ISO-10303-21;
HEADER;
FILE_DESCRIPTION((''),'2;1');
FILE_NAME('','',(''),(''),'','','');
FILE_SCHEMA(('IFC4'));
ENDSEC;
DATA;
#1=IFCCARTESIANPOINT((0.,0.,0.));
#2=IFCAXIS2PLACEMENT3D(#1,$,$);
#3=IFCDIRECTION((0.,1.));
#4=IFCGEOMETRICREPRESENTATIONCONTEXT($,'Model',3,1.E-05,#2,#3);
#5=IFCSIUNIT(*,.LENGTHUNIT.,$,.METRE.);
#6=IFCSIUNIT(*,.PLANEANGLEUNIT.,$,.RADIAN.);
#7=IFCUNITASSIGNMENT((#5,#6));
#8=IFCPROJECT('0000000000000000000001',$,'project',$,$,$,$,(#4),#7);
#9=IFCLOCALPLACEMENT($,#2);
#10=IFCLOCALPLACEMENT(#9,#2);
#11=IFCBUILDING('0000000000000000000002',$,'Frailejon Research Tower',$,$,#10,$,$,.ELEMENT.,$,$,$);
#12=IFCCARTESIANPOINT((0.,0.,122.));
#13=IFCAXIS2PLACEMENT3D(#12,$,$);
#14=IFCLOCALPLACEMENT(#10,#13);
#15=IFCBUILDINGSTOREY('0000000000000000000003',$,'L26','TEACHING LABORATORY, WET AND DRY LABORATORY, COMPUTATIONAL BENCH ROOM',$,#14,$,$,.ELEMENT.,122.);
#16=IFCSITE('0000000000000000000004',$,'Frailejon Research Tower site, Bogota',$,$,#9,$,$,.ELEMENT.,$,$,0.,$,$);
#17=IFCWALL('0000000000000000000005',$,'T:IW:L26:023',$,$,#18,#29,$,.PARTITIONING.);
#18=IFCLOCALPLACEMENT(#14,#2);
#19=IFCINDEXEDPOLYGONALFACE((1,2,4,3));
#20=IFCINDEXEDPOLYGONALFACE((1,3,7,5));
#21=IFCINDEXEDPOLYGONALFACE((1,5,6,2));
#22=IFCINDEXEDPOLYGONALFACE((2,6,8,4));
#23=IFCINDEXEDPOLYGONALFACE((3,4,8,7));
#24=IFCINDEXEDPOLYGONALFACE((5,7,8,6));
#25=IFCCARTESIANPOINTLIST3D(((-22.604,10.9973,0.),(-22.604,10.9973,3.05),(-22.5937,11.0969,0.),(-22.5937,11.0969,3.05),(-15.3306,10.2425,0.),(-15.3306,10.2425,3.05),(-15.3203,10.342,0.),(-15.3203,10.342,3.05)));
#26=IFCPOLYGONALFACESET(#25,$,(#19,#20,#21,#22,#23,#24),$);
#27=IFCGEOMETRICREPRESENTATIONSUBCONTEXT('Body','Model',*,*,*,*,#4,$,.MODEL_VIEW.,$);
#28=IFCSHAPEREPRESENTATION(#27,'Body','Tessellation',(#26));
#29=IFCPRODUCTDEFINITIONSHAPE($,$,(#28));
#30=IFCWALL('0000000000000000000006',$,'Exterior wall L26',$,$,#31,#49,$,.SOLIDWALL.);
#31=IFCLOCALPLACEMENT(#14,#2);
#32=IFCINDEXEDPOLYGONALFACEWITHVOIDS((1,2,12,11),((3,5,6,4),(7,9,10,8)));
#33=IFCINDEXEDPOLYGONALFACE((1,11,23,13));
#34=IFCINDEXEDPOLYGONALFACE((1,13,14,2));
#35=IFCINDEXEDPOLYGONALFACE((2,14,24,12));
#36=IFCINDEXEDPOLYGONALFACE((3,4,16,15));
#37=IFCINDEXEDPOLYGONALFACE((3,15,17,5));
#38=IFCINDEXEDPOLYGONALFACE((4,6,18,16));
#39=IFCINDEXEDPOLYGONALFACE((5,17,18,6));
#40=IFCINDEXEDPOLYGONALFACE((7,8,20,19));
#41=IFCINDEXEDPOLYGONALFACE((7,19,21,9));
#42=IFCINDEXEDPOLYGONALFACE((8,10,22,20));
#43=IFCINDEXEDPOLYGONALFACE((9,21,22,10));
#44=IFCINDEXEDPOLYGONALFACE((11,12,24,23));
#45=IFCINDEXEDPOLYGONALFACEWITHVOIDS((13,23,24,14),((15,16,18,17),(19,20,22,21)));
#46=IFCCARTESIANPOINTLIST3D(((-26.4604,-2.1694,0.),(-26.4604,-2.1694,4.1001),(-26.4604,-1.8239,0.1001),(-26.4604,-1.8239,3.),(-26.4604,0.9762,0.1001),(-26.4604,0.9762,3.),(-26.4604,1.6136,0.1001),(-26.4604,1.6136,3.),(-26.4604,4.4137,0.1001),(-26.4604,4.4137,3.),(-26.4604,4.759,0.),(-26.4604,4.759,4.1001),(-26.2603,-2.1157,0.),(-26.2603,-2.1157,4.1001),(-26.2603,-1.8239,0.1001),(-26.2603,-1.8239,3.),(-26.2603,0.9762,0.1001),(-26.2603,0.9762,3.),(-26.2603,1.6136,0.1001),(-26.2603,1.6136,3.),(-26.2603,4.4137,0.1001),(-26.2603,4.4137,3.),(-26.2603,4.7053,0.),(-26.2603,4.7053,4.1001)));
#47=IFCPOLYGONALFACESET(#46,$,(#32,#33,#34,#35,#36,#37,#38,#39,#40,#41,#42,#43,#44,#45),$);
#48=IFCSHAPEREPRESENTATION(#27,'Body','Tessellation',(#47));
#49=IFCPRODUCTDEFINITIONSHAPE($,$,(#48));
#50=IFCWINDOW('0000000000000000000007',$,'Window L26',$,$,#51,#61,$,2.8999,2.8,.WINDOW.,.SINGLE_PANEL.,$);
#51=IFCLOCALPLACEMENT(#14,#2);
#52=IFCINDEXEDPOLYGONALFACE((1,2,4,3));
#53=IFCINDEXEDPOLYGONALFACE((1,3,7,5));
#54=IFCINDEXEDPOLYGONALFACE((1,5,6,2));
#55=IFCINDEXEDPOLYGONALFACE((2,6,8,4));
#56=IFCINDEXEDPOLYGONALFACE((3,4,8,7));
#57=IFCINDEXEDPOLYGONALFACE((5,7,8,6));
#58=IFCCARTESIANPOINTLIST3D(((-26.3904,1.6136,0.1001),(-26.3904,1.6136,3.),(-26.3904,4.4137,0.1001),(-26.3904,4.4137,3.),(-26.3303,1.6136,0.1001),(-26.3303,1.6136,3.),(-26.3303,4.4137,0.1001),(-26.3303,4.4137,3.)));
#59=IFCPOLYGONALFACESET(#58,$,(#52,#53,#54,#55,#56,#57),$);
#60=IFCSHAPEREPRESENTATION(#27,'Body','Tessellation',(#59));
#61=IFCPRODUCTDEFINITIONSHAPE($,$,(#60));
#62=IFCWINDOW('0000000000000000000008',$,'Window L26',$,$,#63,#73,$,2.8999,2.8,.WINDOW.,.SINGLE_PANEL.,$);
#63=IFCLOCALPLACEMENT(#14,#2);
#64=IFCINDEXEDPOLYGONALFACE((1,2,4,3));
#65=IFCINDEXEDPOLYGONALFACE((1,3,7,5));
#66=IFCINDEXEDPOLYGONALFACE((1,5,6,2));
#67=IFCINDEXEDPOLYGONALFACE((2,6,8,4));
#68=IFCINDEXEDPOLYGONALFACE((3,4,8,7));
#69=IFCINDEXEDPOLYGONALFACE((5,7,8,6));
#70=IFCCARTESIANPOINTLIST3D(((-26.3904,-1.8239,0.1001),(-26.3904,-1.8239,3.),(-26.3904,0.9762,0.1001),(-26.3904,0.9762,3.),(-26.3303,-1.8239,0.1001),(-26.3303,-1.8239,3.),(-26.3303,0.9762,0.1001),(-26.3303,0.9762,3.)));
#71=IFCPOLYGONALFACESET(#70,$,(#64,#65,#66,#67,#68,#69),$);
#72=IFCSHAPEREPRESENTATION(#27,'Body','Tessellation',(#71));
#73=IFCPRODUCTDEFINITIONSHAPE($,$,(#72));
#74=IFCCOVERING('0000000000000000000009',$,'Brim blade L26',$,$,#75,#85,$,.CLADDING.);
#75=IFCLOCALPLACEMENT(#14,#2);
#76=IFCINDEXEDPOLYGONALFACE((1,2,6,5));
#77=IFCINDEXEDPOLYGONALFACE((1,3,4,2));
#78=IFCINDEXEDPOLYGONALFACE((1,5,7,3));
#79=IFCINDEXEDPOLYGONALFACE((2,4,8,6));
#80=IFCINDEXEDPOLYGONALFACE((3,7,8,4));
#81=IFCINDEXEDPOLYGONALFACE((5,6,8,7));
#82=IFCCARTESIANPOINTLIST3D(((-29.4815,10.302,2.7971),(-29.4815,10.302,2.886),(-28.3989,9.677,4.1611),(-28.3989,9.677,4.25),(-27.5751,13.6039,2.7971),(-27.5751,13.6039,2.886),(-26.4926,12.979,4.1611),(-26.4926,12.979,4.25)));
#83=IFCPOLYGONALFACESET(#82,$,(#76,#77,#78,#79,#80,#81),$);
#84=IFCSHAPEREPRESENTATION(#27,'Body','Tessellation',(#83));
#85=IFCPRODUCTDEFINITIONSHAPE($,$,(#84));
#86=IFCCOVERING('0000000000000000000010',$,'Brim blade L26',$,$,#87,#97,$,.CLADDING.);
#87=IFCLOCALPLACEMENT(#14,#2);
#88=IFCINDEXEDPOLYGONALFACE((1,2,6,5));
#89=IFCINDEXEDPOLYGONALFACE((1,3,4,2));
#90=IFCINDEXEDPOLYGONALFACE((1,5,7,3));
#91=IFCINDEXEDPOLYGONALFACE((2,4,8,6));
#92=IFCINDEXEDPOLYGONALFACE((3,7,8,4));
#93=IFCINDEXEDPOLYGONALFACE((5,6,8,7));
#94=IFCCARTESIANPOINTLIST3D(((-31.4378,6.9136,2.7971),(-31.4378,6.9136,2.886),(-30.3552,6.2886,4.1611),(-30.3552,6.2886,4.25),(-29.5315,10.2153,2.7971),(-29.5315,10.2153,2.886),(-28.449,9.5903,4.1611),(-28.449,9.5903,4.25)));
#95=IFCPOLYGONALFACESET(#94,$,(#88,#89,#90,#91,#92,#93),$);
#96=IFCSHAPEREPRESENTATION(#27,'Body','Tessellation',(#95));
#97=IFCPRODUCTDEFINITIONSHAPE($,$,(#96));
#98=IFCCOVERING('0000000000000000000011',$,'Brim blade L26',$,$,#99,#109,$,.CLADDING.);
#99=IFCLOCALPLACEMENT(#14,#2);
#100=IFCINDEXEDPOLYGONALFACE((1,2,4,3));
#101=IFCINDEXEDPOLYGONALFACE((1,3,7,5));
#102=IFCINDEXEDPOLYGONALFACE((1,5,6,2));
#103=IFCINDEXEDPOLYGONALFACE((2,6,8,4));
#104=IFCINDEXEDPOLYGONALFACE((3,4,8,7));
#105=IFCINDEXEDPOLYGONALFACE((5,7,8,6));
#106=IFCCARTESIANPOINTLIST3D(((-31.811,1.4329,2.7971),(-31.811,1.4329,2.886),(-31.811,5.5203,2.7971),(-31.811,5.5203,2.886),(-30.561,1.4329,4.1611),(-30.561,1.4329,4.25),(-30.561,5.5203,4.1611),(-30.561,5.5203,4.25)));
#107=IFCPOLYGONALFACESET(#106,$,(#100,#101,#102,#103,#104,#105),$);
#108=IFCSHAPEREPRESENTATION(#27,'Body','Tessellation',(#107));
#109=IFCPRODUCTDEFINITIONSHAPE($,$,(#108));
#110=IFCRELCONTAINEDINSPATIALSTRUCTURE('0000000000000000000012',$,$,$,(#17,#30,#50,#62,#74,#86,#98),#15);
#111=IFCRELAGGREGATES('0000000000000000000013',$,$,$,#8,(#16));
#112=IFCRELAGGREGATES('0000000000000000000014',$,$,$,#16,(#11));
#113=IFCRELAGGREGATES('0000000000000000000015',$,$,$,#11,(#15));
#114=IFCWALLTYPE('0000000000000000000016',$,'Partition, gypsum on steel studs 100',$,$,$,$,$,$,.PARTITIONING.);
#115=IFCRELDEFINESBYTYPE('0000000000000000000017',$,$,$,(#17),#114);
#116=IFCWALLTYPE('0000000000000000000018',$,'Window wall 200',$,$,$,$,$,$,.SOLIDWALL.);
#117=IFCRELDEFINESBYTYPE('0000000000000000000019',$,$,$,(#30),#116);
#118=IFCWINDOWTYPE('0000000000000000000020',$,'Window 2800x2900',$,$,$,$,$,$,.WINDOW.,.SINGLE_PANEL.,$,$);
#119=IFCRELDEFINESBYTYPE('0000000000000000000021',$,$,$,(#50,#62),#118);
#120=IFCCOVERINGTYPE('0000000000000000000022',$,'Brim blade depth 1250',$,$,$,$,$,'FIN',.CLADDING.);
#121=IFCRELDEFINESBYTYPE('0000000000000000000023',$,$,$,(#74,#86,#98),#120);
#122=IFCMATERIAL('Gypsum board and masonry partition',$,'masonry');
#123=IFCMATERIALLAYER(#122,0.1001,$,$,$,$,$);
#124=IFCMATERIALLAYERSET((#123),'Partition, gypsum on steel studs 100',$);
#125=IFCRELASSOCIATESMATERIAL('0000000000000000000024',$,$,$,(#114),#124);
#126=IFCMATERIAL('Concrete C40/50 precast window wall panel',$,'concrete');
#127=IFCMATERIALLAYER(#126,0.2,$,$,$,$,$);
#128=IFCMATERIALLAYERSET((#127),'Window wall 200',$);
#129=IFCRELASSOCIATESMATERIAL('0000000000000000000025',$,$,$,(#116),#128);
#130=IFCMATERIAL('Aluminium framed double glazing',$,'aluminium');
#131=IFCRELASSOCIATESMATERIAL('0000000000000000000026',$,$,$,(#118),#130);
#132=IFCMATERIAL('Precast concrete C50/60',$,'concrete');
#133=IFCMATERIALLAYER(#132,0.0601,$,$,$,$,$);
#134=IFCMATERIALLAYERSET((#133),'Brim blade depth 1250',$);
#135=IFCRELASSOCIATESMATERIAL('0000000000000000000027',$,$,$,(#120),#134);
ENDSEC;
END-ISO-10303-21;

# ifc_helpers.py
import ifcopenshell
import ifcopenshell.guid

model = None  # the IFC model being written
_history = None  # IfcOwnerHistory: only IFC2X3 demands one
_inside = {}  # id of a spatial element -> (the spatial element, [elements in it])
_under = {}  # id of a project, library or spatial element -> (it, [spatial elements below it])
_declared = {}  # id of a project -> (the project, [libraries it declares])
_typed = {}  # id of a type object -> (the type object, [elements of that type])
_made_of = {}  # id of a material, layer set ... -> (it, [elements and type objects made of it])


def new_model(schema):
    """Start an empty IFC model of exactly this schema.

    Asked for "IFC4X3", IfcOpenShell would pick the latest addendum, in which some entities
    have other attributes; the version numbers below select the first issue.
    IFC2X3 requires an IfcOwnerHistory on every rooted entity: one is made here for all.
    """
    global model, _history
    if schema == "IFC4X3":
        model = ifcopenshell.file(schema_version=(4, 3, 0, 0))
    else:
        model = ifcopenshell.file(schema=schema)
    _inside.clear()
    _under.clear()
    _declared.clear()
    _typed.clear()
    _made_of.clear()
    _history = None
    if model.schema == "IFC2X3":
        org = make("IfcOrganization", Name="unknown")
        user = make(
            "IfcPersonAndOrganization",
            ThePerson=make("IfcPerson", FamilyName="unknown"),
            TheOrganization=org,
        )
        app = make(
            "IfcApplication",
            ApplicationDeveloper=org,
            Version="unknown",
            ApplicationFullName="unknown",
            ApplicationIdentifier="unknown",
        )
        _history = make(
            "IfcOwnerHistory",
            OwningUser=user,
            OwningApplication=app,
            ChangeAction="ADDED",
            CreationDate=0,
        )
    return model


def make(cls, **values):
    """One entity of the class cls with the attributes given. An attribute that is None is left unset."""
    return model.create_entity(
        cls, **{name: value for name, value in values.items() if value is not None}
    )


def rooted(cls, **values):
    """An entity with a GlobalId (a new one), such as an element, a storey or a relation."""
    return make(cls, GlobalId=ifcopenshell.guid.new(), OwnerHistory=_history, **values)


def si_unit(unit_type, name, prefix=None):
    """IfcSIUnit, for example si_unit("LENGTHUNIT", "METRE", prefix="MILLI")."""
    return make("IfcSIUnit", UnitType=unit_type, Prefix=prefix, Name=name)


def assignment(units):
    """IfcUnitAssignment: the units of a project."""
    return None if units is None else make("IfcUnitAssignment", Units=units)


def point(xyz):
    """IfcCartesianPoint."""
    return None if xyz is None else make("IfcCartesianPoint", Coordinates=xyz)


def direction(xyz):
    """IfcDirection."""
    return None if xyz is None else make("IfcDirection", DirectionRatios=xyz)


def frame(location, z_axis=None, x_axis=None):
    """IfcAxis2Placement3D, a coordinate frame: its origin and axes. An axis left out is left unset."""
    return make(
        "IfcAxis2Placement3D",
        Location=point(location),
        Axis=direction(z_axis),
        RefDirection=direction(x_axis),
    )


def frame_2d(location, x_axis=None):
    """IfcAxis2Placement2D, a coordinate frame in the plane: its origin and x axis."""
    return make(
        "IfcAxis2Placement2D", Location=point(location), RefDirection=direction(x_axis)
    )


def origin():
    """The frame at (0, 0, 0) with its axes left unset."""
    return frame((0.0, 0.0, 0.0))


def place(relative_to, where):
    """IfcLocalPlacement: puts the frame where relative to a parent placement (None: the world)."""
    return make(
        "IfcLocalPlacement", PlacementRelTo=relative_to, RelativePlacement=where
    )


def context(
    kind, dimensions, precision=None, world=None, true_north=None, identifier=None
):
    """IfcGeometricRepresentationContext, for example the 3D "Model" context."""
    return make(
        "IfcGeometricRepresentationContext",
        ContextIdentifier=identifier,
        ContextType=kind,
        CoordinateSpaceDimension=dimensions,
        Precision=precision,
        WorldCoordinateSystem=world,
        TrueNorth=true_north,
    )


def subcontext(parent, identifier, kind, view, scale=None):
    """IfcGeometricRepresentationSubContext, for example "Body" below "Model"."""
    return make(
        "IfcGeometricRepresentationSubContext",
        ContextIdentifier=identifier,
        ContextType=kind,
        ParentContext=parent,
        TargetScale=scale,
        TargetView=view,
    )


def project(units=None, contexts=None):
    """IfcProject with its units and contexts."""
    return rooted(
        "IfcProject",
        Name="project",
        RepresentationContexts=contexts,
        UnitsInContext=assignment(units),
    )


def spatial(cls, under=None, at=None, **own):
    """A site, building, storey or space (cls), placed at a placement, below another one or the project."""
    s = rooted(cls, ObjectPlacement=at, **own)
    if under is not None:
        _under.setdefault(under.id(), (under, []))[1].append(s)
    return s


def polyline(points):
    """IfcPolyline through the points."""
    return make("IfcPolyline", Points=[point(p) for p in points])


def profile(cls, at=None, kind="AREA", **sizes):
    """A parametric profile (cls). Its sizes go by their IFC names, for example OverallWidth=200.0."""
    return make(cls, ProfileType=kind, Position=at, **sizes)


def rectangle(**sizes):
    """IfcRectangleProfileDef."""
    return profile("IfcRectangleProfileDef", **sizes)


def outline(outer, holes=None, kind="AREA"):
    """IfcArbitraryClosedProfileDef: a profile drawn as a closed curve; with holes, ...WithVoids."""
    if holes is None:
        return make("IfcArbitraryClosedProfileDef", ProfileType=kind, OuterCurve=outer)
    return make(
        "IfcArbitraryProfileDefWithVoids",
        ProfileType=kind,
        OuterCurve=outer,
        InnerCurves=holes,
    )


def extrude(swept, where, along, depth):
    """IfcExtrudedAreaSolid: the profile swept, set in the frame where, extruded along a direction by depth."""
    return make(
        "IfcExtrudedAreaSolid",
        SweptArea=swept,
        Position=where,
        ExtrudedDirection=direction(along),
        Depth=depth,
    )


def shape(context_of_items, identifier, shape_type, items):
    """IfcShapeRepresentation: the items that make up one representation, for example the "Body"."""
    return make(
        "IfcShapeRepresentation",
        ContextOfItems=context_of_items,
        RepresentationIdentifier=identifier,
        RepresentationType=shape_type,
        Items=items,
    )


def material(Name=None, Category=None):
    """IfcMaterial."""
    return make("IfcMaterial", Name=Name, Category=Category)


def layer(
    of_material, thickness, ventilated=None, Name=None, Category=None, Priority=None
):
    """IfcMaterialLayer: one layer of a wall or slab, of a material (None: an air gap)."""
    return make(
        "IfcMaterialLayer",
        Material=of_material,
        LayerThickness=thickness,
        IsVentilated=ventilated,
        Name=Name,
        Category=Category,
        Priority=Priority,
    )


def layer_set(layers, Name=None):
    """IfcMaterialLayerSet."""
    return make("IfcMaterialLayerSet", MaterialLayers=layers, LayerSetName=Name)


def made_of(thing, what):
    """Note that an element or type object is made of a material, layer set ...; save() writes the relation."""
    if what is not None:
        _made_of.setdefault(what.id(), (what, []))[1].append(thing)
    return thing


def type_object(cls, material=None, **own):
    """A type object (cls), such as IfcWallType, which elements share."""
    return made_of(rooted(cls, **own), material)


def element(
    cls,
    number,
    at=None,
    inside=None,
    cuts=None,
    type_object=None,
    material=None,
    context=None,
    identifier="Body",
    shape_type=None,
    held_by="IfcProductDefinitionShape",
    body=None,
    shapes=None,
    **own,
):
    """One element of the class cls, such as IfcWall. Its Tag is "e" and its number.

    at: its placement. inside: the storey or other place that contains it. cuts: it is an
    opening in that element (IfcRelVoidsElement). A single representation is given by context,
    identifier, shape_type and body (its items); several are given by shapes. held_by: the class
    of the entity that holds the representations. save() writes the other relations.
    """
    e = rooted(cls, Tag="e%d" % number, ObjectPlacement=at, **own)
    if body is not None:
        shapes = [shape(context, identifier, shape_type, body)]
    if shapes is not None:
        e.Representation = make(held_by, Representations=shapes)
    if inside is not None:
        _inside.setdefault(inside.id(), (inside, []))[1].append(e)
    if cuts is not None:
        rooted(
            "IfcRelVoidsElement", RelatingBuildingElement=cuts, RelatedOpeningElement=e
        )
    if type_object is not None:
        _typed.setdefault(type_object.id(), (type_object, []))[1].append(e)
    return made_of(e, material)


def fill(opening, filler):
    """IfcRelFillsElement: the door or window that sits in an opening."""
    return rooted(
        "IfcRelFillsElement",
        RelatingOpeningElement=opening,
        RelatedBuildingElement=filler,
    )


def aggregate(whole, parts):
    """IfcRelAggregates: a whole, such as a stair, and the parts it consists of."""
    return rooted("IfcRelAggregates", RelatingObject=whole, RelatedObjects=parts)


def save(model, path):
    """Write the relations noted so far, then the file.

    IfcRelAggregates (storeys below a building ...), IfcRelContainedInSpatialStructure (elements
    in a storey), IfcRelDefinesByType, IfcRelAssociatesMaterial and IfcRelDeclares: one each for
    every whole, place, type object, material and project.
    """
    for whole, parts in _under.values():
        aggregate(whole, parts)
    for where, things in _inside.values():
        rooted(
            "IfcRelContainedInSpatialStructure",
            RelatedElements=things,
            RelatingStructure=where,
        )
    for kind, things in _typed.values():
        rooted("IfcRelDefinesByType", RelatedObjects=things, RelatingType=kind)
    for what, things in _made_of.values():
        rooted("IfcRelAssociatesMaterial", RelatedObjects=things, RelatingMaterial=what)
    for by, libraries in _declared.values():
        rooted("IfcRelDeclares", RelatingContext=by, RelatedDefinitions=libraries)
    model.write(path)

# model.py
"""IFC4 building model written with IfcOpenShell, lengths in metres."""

from ifc_helpers import new_model, si_unit, direction, frame, frame_2d, origin, place, context, subcontext, project, spatial, polyline, rectangle, outline, extrude, material, layer, layer_set, type_object, element, fill, save


model = new_model("IFC4")

# Units and contexts
model_context = context("Model", 3, precision=1e-05, world=origin(), true_north=direction((0.0, 1.0)))
body_context = subcontext(model_context, "Body", "Model", "MODEL_VIEW")
ifc_project = project(units=[si_unit("LENGTHUNIT", "METRE"), si_unit("PLANEANGLEUNIT", "RADIAN")], contexts=[model_context])

# Site, building, storey
site_placement = place(None, origin())
site = spatial("IfcSite", under=ifc_project, at=site_placement, Name="Frailejon Research Tower site, Bogota", CompositionType="ELEMENT", RefElevation=0.0)
building_placement = place(site_placement, origin())
building = spatial("IfcBuilding", under=site, at=building_placement, Name="Frailejon Research Tower", CompositionType="ELEMENT")
storey_placement = place(building_placement, frame((0.0, 0.0, 122.0)))
storey = spatial("IfcBuildingStorey", under=building, at=storey_placement, Name="L26", Description="TEACHING LABORATORY, WET AND DRY LABORATORY, COMPUTATIONAL BENCH ROOM", CompositionType="ELEMENT", Elevation=122.0)

# Wall
ifc_material_1 = material(Name="Gypsum board and masonry partition", Category="masonry")
ifc_layer_1 = layer(ifc_material_1, 0.1001)
ifc_layer_set_1 = layer_set([ifc_layer_1], Name="Partition, gypsum on steel studs 100")
wall_type_1 = type_object("IfcWallType", Name="Partition, gypsum on steel studs 100", PredefinedType="PARTITIONING", material=ifc_layer_set_1)
wall_1_placement = place(storey_placement, frame((-22.5989, 11.0471, 0.0), z_axis=(0.0, 0.0, 1.0), x_axis=(0.994657, -0.103232, 0.0)))
element("IfcWall", 1, at=wall_1_placement, inside=storey, type_object=wall_type_1, Name="T:IW:L26:023", PredefinedType="PARTITIONING", context=body_context, shape_type="SweptSolid", body=[
    extrude(rectangle(XDim=7.3125, YDim=0.1001, at=frame_2d((3.6562, 0.0))), origin(), (0.0, 0.0, 1.0), 3.05),
])

# Wall, openings, windows
ifc_material_2 = material(Name="Concrete C40/50 precast window wall panel", Category="concrete")
ifc_layer_2 = layer(ifc_material_2, 0.2)
ifc_layer_set_2 = layer_set([ifc_layer_2], Name="Window wall 200")
wall_type_2 = type_object("IfcWallType", Name="Window wall 200", PredefinedType="SOLIDWALL", material=ifc_layer_set_2)
wall_2_placement = place(storey_placement, frame((-26.3604, 4.7322, 0.0), z_axis=(0.0, 0.0, 1.0), x_axis=(0.0, -1.0, 0.0)))
wall_2 = element("IfcWall", 2, at=wall_2_placement, inside=storey, type_object=wall_type_2, Name="Exterior wall L26", PredefinedType="SOLIDWALL", context=body_context, shape_type="SweptSolid", body=[
    extrude(outline(polyline([(-0.0269, -0.1001), (1.1279, -0.1001), (2.2827, -0.1001), (3.4375, -0.1001), (4.592, -0.1001), (5.7468, -0.1001), (6.9016, -0.1001), (6.8479, 0.1001), (5.7109, 0.1001), (4.5742, 0.1001), (3.4375, 0.1001), (2.3005, 0.1001), (1.1636, 0.1001), (0.0269, 0.1001), (-0.0269, -0.1001)])), origin(), (0.0, 0.0, 1.0), 4.1001),
])
opening_1_placement = place(wall_2_placement, frame((0.3186, 0.0, 0.1001)))
opening_1 = element("IfcOpeningElement", 3, at=opening_1_placement, cuts=wall_2, PredefinedType="OPENING", context=body_context, shape_type="SweptSolid", body=[
    extrude(rectangle(XDim=2.8, YDim=2.8999, at=frame_2d((1.3999, 1.45))), frame((0.0, 0.1099, 0.0), z_axis=(0.0, -1.0, 0.0), x_axis=(1.0, 0.0, 0.0)), (0.0, 0.0, 1.0), 0.22),
])
opening_2_placement = place(wall_2_placement, frame((3.7561, 0.0, 0.1001)))
opening_2 = element("IfcOpeningElement", 4, at=opening_2_placement, cuts=wall_2, PredefinedType="OPENING", context=body_context, shape_type="SweptSolid", body=[
    extrude(rectangle(XDim=2.8, YDim=2.8999, at=frame_2d((1.3999, 1.45))), frame((0.0, 0.1099, 0.0), z_axis=(0.0, -1.0, 0.0), x_axis=(1.0, 0.0, 0.0)), (0.0, 0.0, 1.0), 0.22),
])
ifc_material_3 = material(Name="Aluminium framed double glazing", Category="aluminium")
window_type = type_object("IfcWindowType", Name="Window 2800x2900", PartitioningType="SINGLE_PANEL", PredefinedType="WINDOW", material=ifc_material_3)
window_1_placement = place(opening_1_placement, origin())
window_1 = element("IfcWindow", 5, at=window_1_placement, inside=storey, type_object=window_type, Name="Window L26", OverallHeight=2.8999, OverallWidth=2.8, PartitioningType="SINGLE_PANEL", PredefinedType="WINDOW", context=body_context, shape_type="SweptSolid", body=[
    extrude(rectangle(XDim=2.8, YDim=2.8999, at=frame_2d((1.3999, 1.45))), frame((0.0, 0.03, 0.0), z_axis=(0.0, -1.0, 0.0), x_axis=(1.0, 0.0, 0.0)), (0.0, 0.0, 1.0), 0.0601),
])
fill(opening_1, window_1)
window_2_placement = place(opening_2_placement, origin())
window_2 = element("IfcWindow", 6, at=window_2_placement, inside=storey, type_object=window_type, Name="Window L26", OverallHeight=2.8999, OverallWidth=2.8, PartitioningType="SINGLE_PANEL", PredefinedType="WINDOW", context=body_context, shape_type="SweptSolid", body=[
    extrude(rectangle(XDim=2.8, YDim=2.8999, at=frame_2d((1.3999, 1.45))), frame((0.0, 0.03, 0.0), z_axis=(0.0, -1.0, 0.0), x_axis=(1.0, 0.0, 0.0)), (0.0, 0.0, 1.0), 0.0601),
])
fill(opening_2, window_2)

# Coverings
ifc_material_4 = material(Name="Precast concrete C50/60", Category="concrete")
ifc_layer_3 = layer(ifc_material_4, 0.0601)
ifc_layer_set_3 = layer_set([ifc_layer_3], Name="Brim blade depth 1250")
covering_type = type_object("IfcCoveringType", Name="Brim blade depth 1250", ElementType="FIN", PredefinedType="CLADDING", material=ifc_layer_set_3)
covering_1_placement = place(storey_placement, frame((-28.3989, 9.677, 4.25), z_axis=(0.49999, 0.866031, 0.0), x_axis=(-0.866031, 0.49999, 0.0)))
element("IfcCovering", 7, at=covering_1_placement, inside=storey, type_object=covering_type, Name="Brim blade L26", PredefinedType="CLADDING", context=body_context, shape_type="SweptSolid", body=[
    extrude(outline(polyline([(0.0, -0.0889), (1.25, -1.4529), (1.25, -1.364), (0.0, 0.0), (0.0, -0.0889)])), origin(), (0.0, 0.0, 1.0), 3.8127),
])
covering_2_placement = place(storey_placement, frame((-30.3552, 6.2886, 4.25), z_axis=(0.500001, 0.866025, 0.0), x_axis=(-0.866025, 0.500001, 0.0)))
element("IfcCovering", 8, at=covering_2_placement, inside=storey, type_object=covering_type, Name="Brim blade L26", PredefinedType="CLADDING", context=body_context, shape_type="SweptSolid", body=[
    extrude(outline(polyline([(0.0, -0.0889), (1.25, -1.4529), (1.25, -1.364), (0.0, 0.0), (0.0, -0.0889)])), origin(), (0.0, 0.0, 1.0), 3.8125),
])
covering_3_placement = place(storey_placement, frame((-30.561, 1.4329, 4.25), z_axis=(0.0, 1.0, 0.0), x_axis=(-1.0, 0.0, 0.0)))
element("IfcCovering", 9, at=covering_3_placement, inside=storey, type_object=covering_type, Name="Brim blade L26", PredefinedType="CLADDING", context=body_context, shape_type="SweptSolid", body=[
    extrude(outline(polyline([(0.0, -0.0889), (1.25, -1.4529), (1.25, -1.364), (0.0, 0.0), (0.0, -0.0889)])), origin(), (0.0, 0.0, 1.0), 4.0874),
])

save(model, "model.ifc")
